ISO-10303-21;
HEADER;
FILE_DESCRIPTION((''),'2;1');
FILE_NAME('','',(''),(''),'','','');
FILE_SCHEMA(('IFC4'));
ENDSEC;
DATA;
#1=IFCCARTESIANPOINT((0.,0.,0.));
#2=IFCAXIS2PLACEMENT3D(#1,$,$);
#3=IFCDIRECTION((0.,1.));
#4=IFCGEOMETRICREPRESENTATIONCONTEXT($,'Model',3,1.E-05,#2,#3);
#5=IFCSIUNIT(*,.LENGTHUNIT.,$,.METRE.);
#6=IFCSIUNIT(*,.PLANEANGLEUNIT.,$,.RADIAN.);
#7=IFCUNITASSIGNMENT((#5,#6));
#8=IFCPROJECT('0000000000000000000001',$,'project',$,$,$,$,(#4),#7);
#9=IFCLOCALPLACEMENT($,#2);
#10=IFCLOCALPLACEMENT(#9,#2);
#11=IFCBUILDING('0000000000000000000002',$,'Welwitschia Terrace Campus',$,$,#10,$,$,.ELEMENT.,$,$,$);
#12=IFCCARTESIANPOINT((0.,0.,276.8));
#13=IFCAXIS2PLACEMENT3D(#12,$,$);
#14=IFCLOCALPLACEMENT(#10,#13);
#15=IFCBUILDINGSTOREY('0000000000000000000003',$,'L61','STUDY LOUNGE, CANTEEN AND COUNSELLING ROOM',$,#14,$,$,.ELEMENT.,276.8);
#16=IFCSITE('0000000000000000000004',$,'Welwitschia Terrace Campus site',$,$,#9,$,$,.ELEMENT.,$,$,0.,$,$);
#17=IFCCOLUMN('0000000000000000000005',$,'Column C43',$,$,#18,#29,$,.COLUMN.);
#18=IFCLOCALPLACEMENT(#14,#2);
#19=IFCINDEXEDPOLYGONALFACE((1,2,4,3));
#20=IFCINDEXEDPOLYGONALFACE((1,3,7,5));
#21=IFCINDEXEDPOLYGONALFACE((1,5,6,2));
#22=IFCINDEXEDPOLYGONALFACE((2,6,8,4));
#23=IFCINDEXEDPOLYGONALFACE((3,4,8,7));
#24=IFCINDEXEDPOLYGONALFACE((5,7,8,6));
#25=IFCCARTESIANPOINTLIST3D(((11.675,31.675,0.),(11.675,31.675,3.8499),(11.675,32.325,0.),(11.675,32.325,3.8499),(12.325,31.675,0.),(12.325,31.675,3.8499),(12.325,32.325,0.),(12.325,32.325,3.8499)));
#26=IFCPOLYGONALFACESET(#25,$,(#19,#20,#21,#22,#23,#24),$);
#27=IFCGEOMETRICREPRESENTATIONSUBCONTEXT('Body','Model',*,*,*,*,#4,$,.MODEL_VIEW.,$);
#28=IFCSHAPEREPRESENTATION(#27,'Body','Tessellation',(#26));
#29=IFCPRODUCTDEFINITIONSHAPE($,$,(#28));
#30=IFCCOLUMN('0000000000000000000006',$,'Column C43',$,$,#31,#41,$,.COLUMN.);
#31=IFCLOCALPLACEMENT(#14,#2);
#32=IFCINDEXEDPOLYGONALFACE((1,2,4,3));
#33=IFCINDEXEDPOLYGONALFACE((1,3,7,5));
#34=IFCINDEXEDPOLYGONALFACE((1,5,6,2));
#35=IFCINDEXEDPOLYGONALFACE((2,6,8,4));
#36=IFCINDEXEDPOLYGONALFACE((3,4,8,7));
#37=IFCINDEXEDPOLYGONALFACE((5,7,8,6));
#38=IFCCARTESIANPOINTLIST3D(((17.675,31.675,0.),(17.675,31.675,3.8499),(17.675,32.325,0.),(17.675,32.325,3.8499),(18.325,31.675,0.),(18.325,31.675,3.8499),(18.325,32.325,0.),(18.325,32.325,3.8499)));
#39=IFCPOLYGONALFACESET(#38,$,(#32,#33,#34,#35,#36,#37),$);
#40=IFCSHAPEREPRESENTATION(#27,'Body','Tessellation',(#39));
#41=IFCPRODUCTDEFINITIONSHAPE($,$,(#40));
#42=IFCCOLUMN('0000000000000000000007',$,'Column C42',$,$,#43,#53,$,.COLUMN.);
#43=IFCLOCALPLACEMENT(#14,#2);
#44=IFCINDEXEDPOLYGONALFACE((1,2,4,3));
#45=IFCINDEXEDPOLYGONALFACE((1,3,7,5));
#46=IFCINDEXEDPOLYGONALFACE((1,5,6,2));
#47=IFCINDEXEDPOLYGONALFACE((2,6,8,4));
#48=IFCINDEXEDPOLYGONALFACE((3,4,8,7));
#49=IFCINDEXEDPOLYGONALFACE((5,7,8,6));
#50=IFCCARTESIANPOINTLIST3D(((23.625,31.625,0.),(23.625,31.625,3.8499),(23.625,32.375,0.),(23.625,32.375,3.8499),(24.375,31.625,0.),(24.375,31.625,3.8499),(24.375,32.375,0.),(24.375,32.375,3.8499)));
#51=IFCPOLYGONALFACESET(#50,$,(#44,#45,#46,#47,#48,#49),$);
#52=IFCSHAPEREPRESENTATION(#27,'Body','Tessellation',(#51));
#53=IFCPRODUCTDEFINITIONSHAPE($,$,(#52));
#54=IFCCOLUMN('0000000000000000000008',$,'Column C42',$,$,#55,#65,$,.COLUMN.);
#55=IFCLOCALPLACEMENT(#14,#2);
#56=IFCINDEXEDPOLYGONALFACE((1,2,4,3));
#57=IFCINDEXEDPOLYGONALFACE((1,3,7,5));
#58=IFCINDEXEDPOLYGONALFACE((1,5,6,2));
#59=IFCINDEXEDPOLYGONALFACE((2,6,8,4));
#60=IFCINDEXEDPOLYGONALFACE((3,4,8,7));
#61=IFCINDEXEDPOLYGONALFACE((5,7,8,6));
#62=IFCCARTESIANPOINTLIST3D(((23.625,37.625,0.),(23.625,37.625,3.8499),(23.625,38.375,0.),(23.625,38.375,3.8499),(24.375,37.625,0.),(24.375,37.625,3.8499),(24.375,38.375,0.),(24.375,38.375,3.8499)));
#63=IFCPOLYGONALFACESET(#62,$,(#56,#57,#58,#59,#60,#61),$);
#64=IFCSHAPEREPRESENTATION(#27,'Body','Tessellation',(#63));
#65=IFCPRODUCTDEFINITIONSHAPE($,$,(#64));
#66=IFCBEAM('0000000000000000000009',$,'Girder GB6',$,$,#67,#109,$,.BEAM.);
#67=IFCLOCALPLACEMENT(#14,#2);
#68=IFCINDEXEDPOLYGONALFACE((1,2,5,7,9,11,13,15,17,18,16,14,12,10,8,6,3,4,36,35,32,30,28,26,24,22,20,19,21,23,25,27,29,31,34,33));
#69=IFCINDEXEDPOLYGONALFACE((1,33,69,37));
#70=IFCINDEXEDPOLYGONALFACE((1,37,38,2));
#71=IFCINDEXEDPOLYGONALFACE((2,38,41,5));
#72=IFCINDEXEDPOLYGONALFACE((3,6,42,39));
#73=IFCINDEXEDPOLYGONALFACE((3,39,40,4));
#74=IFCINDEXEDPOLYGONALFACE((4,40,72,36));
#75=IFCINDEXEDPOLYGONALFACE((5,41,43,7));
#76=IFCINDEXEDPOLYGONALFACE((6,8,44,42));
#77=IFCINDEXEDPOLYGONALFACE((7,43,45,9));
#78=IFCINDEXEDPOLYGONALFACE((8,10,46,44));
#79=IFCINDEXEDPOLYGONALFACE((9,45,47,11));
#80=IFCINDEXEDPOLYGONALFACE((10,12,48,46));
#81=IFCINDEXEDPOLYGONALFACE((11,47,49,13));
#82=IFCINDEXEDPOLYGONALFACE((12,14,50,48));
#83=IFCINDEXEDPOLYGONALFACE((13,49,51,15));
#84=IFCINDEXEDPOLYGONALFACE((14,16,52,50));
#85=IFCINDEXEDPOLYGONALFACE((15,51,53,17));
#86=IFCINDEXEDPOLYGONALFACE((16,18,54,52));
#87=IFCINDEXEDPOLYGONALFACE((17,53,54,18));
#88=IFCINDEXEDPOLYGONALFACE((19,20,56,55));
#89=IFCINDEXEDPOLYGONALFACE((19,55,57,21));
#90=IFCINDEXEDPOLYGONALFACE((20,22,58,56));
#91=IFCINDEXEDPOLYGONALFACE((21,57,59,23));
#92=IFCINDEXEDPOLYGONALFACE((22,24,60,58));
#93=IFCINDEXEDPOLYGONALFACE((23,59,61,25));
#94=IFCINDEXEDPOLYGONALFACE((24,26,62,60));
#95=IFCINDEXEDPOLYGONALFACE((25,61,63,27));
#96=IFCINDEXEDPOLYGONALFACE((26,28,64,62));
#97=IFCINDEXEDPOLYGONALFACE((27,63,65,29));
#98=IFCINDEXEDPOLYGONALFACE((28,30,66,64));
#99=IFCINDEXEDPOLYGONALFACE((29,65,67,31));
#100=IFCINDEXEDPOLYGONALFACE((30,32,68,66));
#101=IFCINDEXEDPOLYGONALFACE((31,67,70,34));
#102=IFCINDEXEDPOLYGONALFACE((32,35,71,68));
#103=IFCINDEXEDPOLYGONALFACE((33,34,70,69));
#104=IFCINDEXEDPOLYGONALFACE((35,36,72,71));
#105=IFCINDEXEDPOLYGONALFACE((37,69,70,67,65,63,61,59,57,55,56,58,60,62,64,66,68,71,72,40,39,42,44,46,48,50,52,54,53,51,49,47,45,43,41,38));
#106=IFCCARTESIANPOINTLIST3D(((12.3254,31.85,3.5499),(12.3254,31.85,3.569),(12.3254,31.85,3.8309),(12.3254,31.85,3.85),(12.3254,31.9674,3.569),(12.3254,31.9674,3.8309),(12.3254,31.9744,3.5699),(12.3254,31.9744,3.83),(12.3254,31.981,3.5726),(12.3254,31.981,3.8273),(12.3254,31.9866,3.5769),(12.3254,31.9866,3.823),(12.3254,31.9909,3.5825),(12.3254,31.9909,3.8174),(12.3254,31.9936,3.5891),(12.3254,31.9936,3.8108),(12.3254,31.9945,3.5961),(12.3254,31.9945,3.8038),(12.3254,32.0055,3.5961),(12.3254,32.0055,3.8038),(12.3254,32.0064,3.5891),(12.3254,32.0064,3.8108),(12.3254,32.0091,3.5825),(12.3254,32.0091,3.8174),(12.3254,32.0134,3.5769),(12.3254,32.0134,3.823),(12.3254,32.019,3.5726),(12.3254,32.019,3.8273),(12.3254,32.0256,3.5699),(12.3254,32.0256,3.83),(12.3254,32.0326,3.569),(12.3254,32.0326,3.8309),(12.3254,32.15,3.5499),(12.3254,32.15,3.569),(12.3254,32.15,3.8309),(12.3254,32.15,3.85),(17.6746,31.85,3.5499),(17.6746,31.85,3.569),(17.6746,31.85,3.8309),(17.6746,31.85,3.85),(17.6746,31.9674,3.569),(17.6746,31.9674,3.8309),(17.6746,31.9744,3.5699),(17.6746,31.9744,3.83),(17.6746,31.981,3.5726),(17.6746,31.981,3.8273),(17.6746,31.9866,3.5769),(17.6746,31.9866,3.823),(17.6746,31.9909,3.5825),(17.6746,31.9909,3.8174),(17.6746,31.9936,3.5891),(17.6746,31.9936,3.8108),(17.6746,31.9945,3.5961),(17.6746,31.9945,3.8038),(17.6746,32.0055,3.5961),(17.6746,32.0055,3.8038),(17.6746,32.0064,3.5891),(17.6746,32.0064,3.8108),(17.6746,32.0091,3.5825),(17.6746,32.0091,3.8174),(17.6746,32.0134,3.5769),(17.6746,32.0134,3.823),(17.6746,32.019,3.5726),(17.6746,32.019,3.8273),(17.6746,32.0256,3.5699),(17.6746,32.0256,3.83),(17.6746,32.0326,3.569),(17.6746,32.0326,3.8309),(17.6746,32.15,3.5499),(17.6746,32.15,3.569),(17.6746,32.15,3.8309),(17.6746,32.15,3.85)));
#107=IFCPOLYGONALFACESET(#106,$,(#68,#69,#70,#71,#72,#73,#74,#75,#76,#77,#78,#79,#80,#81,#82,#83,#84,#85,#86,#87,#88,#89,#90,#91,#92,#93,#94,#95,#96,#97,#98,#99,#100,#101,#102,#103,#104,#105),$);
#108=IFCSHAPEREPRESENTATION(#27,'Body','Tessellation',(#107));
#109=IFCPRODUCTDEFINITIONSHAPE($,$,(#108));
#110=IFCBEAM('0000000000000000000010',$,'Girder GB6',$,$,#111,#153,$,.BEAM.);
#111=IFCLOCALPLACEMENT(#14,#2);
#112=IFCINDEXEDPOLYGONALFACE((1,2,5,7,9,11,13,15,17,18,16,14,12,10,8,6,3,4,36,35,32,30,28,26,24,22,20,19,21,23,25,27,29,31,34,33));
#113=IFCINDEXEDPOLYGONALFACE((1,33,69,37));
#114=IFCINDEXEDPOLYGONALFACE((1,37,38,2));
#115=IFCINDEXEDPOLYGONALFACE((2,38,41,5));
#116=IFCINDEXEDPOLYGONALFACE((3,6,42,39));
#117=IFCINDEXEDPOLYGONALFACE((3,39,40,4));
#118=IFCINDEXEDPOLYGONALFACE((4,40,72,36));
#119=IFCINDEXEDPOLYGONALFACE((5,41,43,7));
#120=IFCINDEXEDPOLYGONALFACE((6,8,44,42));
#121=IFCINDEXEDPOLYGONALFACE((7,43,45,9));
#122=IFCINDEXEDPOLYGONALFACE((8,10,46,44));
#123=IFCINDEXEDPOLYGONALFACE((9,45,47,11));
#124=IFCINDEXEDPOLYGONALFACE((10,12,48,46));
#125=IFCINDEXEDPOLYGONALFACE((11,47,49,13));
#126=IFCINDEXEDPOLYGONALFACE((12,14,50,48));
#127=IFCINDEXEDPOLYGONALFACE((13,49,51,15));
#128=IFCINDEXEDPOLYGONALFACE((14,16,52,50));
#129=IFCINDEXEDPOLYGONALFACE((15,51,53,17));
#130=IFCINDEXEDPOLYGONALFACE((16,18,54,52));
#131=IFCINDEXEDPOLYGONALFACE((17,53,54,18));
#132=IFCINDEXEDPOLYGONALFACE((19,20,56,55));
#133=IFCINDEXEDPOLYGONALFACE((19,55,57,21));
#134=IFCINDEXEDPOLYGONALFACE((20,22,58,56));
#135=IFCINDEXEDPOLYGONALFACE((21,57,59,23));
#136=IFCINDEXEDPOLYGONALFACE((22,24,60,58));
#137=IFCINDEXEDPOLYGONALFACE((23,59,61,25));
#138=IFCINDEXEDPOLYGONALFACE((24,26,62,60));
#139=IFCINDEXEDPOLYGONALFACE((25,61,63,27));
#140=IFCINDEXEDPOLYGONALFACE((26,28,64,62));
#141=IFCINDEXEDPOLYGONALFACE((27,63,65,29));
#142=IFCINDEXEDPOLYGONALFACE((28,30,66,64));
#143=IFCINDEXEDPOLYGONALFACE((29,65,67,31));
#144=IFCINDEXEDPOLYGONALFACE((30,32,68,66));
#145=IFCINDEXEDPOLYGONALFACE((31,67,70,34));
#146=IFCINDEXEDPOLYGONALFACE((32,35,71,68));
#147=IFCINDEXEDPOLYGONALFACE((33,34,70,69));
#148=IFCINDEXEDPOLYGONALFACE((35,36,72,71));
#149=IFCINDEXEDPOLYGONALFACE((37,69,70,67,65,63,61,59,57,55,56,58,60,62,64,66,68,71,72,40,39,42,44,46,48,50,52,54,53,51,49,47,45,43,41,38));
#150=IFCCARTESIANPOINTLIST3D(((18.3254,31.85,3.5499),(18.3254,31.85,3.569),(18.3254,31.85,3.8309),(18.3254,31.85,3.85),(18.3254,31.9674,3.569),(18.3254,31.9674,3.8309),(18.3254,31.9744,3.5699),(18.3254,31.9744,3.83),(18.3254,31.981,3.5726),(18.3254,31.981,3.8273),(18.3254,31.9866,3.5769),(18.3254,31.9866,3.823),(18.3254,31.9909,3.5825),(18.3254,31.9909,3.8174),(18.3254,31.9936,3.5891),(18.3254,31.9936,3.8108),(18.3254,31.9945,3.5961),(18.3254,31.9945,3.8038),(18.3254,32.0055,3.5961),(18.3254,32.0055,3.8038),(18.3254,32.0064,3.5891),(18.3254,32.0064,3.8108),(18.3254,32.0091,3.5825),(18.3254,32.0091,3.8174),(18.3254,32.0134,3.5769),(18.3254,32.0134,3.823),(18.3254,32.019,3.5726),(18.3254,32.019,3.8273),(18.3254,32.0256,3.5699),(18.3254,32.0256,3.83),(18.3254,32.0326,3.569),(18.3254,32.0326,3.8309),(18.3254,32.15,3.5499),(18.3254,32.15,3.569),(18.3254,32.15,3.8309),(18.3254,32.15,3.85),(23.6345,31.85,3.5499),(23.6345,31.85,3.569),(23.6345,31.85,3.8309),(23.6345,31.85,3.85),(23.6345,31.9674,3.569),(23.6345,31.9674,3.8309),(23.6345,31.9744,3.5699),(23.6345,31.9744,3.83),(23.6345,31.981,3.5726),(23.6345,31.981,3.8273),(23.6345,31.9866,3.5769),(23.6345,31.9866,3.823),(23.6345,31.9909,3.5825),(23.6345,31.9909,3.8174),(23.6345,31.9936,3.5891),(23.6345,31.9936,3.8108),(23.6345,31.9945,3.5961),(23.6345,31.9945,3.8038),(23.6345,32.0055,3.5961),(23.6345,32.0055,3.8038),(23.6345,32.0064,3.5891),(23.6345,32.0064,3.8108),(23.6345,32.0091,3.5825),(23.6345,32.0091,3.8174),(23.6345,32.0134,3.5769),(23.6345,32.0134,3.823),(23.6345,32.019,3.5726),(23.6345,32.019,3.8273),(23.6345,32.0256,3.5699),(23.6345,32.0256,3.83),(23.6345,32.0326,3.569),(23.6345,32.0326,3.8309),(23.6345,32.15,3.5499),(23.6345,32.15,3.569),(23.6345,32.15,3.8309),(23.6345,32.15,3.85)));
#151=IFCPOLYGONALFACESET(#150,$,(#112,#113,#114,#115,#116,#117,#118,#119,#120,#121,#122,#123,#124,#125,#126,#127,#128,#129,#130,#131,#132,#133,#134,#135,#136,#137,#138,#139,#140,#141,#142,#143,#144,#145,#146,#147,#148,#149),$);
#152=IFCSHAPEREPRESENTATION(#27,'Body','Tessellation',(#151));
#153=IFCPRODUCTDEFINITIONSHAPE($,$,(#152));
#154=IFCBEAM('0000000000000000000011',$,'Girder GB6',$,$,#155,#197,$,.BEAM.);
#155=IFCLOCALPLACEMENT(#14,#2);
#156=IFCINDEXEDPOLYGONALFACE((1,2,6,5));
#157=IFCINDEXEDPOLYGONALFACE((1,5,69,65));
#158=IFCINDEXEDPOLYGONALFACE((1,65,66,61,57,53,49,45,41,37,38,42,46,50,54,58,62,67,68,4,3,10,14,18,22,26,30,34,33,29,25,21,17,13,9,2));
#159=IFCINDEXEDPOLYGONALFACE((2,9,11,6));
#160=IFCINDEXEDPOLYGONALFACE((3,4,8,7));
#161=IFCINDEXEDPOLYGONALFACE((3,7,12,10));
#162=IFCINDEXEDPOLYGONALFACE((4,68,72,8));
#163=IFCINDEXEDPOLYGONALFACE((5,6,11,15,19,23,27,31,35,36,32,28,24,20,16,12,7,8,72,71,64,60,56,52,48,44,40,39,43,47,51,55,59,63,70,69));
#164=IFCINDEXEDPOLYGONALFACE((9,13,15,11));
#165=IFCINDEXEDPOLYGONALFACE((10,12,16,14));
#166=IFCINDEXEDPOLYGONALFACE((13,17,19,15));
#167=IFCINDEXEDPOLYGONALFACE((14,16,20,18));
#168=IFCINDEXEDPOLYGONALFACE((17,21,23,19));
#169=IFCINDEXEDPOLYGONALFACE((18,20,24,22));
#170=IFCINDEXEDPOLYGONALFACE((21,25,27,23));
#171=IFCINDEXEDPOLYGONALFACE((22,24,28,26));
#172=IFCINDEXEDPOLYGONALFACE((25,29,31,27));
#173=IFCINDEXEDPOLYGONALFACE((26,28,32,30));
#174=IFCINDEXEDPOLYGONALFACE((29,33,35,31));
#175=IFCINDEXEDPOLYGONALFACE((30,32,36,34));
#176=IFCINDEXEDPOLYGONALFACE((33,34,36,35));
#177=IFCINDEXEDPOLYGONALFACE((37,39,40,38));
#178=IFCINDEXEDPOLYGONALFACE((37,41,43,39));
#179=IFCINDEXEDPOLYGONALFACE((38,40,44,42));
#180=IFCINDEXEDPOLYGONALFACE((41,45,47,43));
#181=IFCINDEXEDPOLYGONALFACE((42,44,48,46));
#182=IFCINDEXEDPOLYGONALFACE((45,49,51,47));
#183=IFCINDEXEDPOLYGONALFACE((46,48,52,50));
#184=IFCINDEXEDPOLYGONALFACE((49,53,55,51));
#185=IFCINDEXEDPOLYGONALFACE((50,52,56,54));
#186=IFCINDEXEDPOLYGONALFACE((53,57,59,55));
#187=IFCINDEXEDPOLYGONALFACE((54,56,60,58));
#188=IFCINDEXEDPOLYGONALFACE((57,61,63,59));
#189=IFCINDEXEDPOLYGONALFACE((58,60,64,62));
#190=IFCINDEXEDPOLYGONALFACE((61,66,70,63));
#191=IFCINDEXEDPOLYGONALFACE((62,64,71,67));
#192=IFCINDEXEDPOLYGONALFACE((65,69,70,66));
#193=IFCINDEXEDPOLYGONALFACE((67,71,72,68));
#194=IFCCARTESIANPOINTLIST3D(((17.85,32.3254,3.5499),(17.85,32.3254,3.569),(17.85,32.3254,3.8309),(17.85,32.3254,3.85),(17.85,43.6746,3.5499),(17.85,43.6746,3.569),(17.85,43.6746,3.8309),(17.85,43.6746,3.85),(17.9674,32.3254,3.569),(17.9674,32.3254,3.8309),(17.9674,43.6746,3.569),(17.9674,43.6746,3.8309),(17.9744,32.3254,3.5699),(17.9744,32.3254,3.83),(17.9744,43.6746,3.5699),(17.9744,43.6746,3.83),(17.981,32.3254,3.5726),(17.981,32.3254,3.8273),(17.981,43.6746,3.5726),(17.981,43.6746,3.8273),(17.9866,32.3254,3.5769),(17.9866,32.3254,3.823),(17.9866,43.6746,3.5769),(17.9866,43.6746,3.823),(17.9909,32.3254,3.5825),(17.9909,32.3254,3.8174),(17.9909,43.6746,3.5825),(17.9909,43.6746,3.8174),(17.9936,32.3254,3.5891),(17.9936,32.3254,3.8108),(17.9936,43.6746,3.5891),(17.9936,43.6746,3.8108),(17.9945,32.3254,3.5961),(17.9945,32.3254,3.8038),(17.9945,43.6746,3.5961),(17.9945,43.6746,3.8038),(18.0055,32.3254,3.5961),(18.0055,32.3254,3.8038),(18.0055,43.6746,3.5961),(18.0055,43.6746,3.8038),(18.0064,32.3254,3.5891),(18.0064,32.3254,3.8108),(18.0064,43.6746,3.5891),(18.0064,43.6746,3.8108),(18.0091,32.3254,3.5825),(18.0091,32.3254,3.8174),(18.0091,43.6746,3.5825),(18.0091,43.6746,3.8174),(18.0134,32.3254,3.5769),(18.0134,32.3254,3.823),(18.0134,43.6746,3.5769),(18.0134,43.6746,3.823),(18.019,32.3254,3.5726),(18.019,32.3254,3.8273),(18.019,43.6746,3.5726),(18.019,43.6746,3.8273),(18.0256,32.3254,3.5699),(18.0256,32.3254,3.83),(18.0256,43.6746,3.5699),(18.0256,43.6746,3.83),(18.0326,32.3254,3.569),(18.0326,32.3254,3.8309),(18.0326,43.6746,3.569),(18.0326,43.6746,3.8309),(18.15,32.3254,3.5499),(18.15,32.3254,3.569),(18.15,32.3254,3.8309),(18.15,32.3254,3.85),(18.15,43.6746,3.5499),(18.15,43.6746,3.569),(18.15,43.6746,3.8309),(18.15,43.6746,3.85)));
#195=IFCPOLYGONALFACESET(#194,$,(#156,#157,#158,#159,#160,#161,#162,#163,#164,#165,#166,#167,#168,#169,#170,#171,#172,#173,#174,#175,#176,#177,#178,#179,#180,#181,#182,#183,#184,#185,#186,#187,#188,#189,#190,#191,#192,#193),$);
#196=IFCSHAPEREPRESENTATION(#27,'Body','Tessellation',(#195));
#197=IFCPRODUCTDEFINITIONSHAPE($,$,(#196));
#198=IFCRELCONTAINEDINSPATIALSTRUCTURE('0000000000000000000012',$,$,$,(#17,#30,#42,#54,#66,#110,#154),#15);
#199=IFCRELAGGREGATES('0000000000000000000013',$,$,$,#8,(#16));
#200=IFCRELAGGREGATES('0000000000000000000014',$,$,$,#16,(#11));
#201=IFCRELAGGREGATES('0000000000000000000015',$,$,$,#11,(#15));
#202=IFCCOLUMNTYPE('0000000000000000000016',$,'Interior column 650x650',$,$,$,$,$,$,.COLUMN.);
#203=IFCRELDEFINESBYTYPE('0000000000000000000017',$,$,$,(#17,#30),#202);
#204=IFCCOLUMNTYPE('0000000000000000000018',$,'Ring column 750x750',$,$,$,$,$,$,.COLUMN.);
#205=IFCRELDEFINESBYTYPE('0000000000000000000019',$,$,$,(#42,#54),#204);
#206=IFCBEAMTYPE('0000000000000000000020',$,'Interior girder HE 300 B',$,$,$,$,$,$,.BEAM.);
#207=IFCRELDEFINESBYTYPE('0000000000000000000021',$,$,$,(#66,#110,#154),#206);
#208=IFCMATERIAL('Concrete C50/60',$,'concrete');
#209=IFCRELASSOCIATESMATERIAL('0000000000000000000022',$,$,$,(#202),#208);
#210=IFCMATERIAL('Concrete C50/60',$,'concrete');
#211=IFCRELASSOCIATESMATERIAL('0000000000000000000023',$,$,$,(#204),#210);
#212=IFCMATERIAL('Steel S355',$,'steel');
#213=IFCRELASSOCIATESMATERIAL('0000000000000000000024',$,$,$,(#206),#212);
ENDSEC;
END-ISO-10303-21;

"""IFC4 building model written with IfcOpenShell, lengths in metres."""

from ifc_helpers import new_model, si_unit, direction, frame, origin, origin_2d, place, context, subcontext, project, spatial, rectangle, i_section, extrude, material, material_profile, profile_set, type_object, element, save


model = new_model("IFC4")

# Units and contexts
model_context = context("Model", 3, precision=1e-05, world=origin(), true_north=direction((0.0, 1.0)))
body_context = subcontext(model_context, "Body", "Model", "MODEL_VIEW")
ifc_project = project(units=[si_unit("LENGTHUNIT", "METRE"), si_unit("PLANEANGLEUNIT", "RADIAN")], contexts=[model_context])

# Site, building, storey
site_placement = place(None, origin())
site = spatial("IfcSite", under=ifc_project, at=site_placement, Name="Welwitschia Terrace Campus site", CompositionType="ELEMENT", RefElevation=0.0)
building_placement = place(site_placement, origin())
building = spatial("IfcBuilding", under=site, at=building_placement, Name="Welwitschia Terrace Campus", CompositionType="ELEMENT")
storey_placement = place(building_placement, frame((0.0, 0.0, 276.8)))
storey = spatial("IfcBuildingStorey", under=building, at=storey_placement, Name="L61", Description="STUDY LOUNGE, CANTEEN AND COUNSELLING ROOM", CompositionType="ELEMENT", Elevation=276.8)

# Columns
ifc_material_1 = material(Name="Concrete C50/60", Category="concrete")
ifc_material_profile_1 = material_profile(ifc_material_1, rectangle(XDim=0.6499, YDim=0.6499, at=origin_2d()))
ifc_profile_set_1 = profile_set([ifc_material_profile_1], Name="Concrete C50/60")
column_type_1 = type_object("IfcColumnType", Name="Interior column 650x650", PredefinedType="COLUMN", material=ifc_profile_set_1)
for number, where, z_axis, x_axis, name in (
    (1, (12.0, 32.0, 0.0), (0.0, 0.0, 1.0), (1.0, 0.0, 0.0), "Column C43"),
    (2, (18.0, 32.0, 0.0), (0.0, 0.0, 1.0), (1.0, 0.0, 0.0), "Column C43"),
):
    element("IfcColumn", number, at=place(storey_placement, frame(where, z_axis=z_axis, x_axis=x_axis)), inside=storey, type_object=column_type_1, Name=name, PredefinedType="COLUMN", context=body_context, shape_type="SweptSolid", body=[
        extrude(rectangle(XDim=0.6499, YDim=0.6499, at=origin_2d()), origin(), (0.0, 0.0, 1.0), 3.8499),
    ])
ifc_material_2 = material(Name="Concrete C50/60", Category="concrete")
ifc_material_profile_2 = material_profile(ifc_material_2, rectangle(XDim=0.75, YDim=0.75, at=origin_2d()))
ifc_profile_set_2 = profile_set([ifc_material_profile_2], Name="Concrete C50/60")
column_type_2 = type_object("IfcColumnType", Name="Ring column 750x750", PredefinedType="COLUMN", material=ifc_profile_set_2)
for number, where, z_axis, x_axis, name in (
    (3, (24.0, 32.0, 0.0), (0.0, 0.0, 1.0), (1.0, 0.0, 0.0), "Column C42"),
    (4, (24.0, 38.0, 0.0), (0.0, 0.0, 1.0), (1.0, 0.0, 0.0), "Column C42"),
):
    element("IfcColumn", number, at=place(storey_placement, frame(where, z_axis=z_axis, x_axis=x_axis)), inside=storey, type_object=column_type_2, Name=name, PredefinedType="COLUMN", context=body_context, shape_type="SweptSolid", body=[
        extrude(rectangle(XDim=0.75, YDim=0.75, at=origin_2d()), origin(), (0.0, 0.0, 1.0), 3.8499),
    ])

# Beams
ifc_material_3 = material(Name="Steel S355", Category="steel")
ifc_material_profile_3 = material_profile(ifc_material_3, i_section(OverallWidth=0.3, OverallDepth=0.3, WebThickness=0.011, FlangeThickness=0.019, FilletRadius=0.0271, at=origin_2d()))
ifc_profile_set_3 = profile_set([ifc_material_profile_3], Name="Steel S355")
beam_type_1 = type_object("IfcBeamType", Name="Interior girder HE 300 B", PredefinedType="BEAM", material=ifc_profile_set_3)
beam_1_placement = place(storey_placement, frame((12.3254, 32.0, 3.7), z_axis=(1.0, 0.0, 0.0), x_axis=(0.0, 1.0, 0.0)))
element("IfcBeam", 5, at=beam_1_placement, inside=storey, type_object=beam_type_1, Name="Girder GB6", PredefinedType="BEAM", context=body_context, shape_type="SweptSolid", body=[
    extrude(i_section(OverallWidth=0.3, OverallDepth=0.3, WebThickness=0.011, FlangeThickness=0.019, FilletRadius=0.0271, at=origin_2d()), origin(), (0.0, 0.0, 1.0), 5.3491),
])
beam_2_placement = place(storey_placement, frame((18.3254, 32.0, 3.7), z_axis=(1.0, 0.0, 0.0), x_axis=(0.0, 1.0, 0.0)))
element("IfcBeam", 6, at=beam_2_placement, inside=storey, type_object=beam_type_1, Name="Girder GB6", PredefinedType="BEAM", context=body_context, shape_type="SweptSolid", body=[
    extrude(i_section(OverallWidth=0.3, OverallDepth=0.3, WebThickness=0.011, FlangeThickness=0.019, FilletRadius=0.0271, at=origin_2d()), origin(), (0.0, 0.0, 1.0), 5.3091),
])
beam_3_placement = place(storey_placement, frame((18.0, 32.3254, 3.7), z_axis=(0.0, 1.0, 0.0), x_axis=(-1.0, 0.0, 0.0)))
element("IfcBeam", 7, at=beam_3_placement, inside=storey, type_object=beam_type_1, Name="Girder GB6", PredefinedType="BEAM", context=body_context, shape_type="SweptSolid", body=[
    extrude(i_section(OverallWidth=0.3, OverallDepth=0.3, WebThickness=0.011, FlangeThickness=0.019, FilletRadius=0.0271, at=origin_2d()), origin(), (0.0, 0.0, 1.0), 11.3491),
])

save(model, "model.ifc")
